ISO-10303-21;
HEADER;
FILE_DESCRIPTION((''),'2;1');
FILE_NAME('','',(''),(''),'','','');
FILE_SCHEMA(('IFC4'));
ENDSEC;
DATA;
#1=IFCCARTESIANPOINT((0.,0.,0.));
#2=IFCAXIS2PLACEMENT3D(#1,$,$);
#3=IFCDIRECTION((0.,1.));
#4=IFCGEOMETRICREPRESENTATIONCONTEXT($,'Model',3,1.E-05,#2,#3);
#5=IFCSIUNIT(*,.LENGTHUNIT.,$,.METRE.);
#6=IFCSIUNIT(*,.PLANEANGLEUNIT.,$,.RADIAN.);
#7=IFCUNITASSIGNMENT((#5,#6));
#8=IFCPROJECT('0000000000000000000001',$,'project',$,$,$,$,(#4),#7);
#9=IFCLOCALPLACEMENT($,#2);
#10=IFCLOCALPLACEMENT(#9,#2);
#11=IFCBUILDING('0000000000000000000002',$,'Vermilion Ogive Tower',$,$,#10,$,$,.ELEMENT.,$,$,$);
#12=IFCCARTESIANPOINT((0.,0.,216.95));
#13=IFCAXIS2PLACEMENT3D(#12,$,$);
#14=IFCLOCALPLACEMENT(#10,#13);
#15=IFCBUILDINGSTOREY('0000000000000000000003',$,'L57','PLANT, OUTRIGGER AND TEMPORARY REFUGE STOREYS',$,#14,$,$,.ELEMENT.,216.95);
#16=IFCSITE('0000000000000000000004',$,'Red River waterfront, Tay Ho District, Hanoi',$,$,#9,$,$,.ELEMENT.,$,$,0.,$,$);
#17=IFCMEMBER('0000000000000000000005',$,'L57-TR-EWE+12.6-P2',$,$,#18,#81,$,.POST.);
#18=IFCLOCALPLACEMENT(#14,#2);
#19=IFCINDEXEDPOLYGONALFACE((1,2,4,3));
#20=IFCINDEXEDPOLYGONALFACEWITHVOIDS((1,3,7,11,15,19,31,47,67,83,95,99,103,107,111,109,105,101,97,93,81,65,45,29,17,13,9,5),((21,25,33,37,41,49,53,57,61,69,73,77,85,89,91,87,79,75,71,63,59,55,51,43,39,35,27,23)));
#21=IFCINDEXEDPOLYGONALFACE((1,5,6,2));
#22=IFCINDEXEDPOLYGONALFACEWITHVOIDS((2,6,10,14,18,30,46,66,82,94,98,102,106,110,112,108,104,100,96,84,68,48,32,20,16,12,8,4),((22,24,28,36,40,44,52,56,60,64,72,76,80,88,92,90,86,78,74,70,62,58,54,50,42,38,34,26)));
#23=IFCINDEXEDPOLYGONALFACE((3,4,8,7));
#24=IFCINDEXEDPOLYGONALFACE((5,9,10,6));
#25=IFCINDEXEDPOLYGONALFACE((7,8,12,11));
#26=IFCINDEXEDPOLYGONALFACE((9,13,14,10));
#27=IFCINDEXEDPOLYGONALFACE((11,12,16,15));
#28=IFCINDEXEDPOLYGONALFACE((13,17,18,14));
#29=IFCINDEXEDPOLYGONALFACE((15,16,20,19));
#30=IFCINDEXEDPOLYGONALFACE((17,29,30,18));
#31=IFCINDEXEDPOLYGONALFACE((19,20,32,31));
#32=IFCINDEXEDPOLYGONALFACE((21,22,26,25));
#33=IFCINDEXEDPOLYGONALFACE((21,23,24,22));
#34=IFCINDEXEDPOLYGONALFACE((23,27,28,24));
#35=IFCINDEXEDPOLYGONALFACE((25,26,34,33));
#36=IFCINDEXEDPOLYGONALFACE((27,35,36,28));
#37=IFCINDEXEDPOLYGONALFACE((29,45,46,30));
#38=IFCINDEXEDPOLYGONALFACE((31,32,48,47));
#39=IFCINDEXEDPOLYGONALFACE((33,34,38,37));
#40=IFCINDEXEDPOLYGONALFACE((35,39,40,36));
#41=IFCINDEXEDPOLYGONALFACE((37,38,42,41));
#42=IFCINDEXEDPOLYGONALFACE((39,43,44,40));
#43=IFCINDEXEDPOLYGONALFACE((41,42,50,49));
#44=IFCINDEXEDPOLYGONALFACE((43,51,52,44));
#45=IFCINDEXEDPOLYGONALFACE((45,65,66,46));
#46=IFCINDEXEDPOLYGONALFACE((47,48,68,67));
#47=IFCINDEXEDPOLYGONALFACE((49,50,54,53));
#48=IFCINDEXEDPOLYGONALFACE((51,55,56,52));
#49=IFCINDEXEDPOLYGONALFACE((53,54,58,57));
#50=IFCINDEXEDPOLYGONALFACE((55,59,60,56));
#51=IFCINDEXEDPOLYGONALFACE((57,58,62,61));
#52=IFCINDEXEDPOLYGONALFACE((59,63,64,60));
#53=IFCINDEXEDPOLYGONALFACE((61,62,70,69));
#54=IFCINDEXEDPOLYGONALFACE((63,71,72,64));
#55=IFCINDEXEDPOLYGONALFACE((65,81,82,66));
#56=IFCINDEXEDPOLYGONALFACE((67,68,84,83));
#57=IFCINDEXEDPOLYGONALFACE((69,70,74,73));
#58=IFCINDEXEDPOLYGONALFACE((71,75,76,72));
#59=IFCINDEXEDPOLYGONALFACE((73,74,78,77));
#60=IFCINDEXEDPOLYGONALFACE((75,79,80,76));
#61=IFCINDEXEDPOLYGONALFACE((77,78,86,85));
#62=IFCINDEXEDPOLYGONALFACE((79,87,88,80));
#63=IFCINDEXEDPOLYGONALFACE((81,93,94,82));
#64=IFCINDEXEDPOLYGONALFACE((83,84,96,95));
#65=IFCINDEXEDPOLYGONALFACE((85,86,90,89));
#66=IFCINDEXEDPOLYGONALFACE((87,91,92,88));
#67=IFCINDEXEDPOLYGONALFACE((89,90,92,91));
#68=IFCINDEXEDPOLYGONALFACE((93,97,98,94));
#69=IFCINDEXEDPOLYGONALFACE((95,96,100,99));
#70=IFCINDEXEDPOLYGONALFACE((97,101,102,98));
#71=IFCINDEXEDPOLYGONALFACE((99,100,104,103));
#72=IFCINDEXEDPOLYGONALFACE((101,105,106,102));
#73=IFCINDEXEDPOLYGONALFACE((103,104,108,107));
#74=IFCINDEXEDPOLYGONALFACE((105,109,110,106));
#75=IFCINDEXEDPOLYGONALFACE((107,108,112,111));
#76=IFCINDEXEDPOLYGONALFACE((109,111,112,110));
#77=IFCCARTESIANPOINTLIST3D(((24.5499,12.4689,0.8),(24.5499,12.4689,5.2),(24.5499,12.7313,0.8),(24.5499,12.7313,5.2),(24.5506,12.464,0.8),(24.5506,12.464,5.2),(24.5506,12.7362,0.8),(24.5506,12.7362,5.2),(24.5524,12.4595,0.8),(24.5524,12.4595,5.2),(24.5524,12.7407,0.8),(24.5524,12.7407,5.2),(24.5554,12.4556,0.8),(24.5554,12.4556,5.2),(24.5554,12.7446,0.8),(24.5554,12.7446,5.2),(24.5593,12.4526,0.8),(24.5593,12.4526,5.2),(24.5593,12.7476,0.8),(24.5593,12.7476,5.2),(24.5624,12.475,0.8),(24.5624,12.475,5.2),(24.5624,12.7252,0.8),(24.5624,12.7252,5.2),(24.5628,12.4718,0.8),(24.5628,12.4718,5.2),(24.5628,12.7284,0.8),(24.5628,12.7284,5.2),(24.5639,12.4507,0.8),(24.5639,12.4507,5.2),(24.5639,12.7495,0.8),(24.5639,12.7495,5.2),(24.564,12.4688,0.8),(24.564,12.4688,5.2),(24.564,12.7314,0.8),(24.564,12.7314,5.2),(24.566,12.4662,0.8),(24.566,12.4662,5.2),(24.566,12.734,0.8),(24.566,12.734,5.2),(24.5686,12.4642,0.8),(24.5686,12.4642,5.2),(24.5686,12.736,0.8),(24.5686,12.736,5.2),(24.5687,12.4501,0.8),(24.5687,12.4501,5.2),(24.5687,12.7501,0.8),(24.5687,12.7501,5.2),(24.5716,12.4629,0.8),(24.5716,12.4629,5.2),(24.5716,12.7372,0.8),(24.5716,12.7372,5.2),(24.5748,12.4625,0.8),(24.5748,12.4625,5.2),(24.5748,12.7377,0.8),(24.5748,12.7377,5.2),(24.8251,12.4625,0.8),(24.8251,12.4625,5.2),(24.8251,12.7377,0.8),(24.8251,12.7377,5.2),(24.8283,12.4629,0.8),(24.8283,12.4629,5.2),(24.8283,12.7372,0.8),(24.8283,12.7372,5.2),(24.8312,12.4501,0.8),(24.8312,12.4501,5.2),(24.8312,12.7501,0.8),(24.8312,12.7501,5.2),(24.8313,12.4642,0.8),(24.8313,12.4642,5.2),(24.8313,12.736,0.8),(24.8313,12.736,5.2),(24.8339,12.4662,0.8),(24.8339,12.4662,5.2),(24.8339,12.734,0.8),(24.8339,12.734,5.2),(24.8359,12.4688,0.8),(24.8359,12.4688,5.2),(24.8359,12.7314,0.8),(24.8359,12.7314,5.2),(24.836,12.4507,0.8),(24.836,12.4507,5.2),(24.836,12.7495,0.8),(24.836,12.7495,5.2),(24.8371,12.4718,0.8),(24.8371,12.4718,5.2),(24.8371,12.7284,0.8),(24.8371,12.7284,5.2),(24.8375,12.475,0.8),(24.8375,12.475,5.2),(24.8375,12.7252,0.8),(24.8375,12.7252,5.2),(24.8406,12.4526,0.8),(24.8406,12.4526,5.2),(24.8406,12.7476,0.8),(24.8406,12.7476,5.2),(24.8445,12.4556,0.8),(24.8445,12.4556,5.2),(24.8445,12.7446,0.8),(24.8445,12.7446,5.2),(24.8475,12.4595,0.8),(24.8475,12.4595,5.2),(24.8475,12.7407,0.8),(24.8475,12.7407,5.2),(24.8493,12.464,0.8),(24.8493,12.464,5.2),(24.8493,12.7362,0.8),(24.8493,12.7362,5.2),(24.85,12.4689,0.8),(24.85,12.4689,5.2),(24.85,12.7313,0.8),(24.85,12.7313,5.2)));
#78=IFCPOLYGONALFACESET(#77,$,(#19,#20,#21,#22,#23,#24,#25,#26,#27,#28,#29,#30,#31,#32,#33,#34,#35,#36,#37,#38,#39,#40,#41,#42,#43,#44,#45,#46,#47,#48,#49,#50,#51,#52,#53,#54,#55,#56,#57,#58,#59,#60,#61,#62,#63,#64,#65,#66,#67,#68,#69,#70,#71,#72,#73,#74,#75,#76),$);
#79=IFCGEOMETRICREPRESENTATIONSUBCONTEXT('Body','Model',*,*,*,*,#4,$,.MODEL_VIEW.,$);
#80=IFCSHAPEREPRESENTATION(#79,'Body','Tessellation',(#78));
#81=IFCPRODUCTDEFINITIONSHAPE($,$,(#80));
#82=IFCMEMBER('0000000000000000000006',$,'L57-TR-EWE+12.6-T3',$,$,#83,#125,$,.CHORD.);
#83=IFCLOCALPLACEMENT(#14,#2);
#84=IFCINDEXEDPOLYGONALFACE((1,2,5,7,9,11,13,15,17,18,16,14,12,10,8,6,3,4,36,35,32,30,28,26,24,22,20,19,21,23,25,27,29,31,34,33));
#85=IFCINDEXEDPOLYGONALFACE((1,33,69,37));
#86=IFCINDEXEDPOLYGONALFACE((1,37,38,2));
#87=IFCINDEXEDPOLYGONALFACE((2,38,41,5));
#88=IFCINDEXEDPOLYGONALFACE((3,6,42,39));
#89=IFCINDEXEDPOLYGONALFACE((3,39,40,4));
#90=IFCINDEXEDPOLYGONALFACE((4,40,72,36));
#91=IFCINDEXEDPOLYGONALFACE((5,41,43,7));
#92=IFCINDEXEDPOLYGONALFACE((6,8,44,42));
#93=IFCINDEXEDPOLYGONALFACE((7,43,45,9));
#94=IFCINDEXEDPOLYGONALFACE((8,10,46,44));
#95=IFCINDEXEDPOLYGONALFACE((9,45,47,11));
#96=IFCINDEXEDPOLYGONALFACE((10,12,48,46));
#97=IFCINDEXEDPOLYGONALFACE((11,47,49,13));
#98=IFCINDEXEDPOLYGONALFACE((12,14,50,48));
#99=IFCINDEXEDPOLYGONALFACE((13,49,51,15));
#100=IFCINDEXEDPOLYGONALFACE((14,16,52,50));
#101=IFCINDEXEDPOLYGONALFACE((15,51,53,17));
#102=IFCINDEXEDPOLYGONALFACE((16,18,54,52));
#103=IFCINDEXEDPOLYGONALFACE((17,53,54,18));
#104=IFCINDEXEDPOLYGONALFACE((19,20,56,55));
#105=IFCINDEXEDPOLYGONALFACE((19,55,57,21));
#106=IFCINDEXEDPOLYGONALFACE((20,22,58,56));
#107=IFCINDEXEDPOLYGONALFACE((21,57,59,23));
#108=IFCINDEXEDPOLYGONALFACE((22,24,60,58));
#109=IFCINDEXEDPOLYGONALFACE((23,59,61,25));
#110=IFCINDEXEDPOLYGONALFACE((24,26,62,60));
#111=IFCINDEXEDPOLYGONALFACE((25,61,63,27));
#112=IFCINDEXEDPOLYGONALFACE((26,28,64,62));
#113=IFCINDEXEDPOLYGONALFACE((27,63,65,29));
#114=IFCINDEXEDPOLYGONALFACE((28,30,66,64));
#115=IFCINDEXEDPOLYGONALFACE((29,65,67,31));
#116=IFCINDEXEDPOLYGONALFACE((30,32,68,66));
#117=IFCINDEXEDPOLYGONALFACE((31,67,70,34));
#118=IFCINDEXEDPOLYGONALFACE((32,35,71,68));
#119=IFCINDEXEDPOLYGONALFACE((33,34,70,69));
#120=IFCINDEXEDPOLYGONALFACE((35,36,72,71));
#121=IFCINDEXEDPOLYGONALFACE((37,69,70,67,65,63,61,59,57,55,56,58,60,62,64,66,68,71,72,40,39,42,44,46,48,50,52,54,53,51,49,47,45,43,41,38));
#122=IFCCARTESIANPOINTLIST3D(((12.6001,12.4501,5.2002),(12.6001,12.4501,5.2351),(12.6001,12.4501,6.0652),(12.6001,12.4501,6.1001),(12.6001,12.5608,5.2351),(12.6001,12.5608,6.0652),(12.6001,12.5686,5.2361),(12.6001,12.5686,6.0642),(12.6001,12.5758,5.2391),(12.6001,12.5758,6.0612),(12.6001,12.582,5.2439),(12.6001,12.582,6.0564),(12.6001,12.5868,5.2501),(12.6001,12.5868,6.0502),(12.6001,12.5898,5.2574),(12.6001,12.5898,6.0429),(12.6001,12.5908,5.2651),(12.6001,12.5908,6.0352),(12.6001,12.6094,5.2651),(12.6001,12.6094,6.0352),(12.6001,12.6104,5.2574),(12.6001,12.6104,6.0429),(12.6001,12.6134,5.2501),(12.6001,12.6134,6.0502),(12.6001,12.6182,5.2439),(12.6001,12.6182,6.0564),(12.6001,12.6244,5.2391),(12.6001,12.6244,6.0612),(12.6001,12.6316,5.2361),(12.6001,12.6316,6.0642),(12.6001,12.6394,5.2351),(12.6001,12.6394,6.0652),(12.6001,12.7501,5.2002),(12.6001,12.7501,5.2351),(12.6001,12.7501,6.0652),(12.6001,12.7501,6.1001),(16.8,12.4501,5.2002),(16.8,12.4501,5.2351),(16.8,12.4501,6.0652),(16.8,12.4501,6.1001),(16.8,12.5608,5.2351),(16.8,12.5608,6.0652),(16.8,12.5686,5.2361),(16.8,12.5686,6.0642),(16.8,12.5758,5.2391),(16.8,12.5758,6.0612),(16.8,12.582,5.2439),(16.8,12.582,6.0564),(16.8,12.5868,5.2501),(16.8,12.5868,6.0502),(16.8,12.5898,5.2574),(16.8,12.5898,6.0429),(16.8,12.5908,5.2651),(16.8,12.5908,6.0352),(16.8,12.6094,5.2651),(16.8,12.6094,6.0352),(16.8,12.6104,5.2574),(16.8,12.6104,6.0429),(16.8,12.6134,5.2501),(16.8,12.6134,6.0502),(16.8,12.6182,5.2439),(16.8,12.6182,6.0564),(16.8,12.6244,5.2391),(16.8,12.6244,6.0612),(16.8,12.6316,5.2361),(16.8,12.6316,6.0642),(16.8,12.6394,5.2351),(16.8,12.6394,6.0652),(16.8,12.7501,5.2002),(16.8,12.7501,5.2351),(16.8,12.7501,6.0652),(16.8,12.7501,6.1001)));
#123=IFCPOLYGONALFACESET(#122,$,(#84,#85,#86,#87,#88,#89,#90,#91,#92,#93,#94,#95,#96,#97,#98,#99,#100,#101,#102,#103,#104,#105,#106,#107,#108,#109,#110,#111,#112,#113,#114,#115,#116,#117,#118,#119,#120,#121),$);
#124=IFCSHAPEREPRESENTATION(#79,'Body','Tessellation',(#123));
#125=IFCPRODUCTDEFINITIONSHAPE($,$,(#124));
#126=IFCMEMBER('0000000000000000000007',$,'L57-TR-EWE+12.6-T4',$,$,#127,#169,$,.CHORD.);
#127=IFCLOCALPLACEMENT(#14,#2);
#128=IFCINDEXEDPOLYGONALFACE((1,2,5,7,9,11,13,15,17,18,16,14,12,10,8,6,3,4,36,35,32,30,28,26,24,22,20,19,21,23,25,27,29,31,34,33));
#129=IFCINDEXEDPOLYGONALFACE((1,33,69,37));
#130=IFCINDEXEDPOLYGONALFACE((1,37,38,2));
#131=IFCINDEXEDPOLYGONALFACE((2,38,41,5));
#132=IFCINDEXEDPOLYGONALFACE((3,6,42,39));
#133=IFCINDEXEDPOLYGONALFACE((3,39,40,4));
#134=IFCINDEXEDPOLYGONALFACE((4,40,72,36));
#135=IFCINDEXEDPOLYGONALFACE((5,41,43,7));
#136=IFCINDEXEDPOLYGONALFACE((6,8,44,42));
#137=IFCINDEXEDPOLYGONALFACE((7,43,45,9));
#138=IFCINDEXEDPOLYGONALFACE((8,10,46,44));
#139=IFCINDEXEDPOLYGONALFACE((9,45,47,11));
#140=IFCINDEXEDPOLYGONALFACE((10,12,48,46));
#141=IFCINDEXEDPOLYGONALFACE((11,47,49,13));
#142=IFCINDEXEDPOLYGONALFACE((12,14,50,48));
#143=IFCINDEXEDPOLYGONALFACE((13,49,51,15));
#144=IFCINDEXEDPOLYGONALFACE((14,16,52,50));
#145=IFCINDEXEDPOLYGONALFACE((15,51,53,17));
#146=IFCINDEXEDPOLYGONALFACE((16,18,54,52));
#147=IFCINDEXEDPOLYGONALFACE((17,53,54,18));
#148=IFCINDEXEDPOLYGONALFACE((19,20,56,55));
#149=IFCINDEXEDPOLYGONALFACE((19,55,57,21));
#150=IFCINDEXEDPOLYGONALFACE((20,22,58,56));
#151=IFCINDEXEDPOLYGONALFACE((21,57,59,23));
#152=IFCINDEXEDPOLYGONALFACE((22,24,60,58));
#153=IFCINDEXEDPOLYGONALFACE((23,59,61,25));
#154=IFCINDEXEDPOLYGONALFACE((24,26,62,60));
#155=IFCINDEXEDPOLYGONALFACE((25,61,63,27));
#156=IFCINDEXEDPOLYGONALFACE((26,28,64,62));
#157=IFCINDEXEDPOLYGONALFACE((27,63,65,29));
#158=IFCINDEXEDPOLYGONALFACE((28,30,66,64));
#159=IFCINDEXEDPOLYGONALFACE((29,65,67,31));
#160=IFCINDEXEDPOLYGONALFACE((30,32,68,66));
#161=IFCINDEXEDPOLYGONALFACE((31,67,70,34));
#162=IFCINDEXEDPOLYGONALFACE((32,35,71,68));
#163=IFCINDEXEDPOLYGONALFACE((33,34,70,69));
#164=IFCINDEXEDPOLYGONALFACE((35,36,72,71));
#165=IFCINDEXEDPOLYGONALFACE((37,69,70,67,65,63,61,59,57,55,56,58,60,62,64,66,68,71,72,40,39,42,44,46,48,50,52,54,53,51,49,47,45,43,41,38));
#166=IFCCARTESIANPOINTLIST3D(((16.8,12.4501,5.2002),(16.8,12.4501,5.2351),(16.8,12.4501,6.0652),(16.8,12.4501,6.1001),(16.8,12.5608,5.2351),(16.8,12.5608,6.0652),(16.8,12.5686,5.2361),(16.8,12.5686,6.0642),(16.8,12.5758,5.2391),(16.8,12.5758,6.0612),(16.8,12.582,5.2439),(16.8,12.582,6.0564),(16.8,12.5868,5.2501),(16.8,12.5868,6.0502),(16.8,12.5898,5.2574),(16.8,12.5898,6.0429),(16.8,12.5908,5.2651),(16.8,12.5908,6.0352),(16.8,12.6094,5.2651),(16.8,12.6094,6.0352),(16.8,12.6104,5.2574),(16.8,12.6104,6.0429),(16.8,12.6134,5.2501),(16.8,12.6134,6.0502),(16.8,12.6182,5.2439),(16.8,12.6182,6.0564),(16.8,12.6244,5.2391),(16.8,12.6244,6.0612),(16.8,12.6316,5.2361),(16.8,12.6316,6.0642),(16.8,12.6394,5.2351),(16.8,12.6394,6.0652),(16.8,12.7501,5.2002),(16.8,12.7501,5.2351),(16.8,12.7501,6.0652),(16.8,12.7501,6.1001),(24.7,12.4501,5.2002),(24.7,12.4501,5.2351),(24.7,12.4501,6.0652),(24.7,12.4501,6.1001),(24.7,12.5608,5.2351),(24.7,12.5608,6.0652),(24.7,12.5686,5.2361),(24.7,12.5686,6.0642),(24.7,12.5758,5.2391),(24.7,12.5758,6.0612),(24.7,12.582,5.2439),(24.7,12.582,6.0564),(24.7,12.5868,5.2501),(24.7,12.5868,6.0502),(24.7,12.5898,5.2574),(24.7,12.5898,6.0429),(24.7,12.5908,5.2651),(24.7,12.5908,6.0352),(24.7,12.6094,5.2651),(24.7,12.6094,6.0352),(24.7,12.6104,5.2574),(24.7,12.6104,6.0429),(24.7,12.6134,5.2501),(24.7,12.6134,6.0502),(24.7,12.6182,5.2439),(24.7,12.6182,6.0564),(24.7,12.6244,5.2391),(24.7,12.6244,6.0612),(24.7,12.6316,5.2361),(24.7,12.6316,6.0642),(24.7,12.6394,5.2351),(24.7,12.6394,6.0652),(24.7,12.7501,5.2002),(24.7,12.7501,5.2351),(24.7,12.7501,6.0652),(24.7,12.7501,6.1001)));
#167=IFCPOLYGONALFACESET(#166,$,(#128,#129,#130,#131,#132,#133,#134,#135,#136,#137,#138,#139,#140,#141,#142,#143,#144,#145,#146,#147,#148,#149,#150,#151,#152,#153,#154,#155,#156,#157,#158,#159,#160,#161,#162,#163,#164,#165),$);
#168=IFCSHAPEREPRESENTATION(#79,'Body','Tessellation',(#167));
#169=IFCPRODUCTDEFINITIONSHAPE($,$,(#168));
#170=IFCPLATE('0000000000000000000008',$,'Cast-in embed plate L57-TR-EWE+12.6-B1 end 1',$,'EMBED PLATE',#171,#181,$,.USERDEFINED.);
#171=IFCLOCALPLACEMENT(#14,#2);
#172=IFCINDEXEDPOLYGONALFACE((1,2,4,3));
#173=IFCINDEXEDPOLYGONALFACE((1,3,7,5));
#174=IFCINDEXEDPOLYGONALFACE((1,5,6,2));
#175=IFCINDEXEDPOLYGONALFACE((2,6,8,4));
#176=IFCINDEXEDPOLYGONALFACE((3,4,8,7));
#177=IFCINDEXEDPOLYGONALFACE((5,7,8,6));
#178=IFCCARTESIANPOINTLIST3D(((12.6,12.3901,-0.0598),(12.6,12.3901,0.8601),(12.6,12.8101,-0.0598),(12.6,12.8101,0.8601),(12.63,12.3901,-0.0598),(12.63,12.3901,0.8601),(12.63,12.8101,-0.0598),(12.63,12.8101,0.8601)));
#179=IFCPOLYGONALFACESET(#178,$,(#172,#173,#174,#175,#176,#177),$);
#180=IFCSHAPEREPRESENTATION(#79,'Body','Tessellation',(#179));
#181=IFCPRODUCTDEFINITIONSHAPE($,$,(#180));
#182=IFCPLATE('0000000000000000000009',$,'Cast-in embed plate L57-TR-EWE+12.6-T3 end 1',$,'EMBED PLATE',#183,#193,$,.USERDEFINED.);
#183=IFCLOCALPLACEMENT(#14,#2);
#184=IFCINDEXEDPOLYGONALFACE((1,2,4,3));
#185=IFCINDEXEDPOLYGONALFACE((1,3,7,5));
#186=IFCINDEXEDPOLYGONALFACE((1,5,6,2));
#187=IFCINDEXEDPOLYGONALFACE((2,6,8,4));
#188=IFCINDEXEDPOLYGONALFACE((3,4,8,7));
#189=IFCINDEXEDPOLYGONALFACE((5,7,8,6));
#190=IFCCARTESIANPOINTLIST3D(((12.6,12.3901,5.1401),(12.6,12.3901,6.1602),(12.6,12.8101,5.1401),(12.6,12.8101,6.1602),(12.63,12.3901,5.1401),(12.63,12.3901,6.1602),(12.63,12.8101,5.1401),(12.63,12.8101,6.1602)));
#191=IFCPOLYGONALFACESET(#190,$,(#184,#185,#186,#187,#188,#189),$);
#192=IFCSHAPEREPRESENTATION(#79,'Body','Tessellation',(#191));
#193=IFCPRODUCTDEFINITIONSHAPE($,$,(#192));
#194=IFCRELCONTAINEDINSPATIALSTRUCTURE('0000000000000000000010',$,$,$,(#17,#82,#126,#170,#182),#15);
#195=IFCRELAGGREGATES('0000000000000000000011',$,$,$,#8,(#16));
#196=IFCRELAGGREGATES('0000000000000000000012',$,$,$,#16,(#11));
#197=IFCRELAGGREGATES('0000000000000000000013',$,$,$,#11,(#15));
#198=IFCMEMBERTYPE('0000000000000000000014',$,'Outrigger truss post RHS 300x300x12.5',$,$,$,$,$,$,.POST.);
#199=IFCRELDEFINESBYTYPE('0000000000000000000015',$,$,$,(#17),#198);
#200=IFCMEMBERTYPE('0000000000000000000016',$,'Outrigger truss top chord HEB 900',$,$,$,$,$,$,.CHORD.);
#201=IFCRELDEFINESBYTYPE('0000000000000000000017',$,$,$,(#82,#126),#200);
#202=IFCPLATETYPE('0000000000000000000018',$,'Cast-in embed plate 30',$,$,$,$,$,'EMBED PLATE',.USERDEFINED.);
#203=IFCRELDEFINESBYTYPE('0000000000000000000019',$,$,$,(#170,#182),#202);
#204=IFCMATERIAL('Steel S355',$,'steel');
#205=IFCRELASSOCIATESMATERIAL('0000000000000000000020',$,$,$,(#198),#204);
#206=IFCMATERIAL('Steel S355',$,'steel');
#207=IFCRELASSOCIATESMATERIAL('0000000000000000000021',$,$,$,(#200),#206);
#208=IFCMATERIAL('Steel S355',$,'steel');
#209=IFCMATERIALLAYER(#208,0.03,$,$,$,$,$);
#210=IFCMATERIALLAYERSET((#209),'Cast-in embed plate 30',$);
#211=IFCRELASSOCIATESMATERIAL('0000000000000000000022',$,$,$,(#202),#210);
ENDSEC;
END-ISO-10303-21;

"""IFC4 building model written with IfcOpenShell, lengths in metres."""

from ifc_helpers import new_model, si_unit, direction, frame, origin, origin_2d, place, context, subcontext, project, spatial, rectangle, hollow_rectangle, i_section, extrude, material, layer, layer_set, material_profile, profile_set, type_object, element, save


model = new_model("IFC4")

# Units and contexts
model_context = context("Model", 3, precision=1e-05, world=origin(), true_north=direction((0.0, 1.0)))
body_context = subcontext(model_context, "Body", "Model", "MODEL_VIEW")
ifc_project = project(units=[si_unit("LENGTHUNIT", "METRE"), si_unit("PLANEANGLEUNIT", "RADIAN")], contexts=[model_context])

# Site, building, storey
site_placement = place(None, origin())
site = spatial("IfcSite", under=ifc_project, at=site_placement, Name="Red River waterfront, Tay Ho District, Hanoi", CompositionType="ELEMENT", RefElevation=0.0)
building_placement = place(site_placement, origin())
building = spatial("IfcBuilding", under=site, at=building_placement, Name="Vermilion Ogive Tower", CompositionType="ELEMENT")
storey_placement = place(building_placement, frame((0.0, 0.0, 216.95)))
storey = spatial("IfcBuildingStorey", under=building, at=storey_placement, Name="L57", Description="PLANT, OUTRIGGER AND TEMPORARY REFUGE STOREYS", CompositionType="ELEMENT", Elevation=216.95)

# Members
ifc_material_1 = material(Name="Steel S355", Category="steel")
ifc_material_profile_1 = material_profile(ifc_material_1, hollow_rectangle(XDim=0.3, YDim=0.3, WallThickness=0.0125, InnerFilletRadius=0.0125, OuterFilletRadius=0.0188, at=origin_2d()), Name="RHS 300x300x12.5")
ifc_profile_set_1 = profile_set([ifc_material_profile_1], Name="Steel S355")
member_type_1 = type_object("IfcMemberType", Name="Outrigger truss post RHS 300x300x12.5", PredefinedType="POST", material=ifc_profile_set_1)
for number, where, z_axis, x_axis, name in (
    (1, (24.7, 12.6001, 0.8), (0.0, 0.0, 1.0), (1.0, 0.0, 0.0), "L57-TR-EWE+12.6-P2"),
):
    element("IfcMember", number, at=place(storey_placement, frame(where, z_axis=z_axis, x_axis=x_axis)), inside=storey, type_object=member_type_1, Name=name, PredefinedType="POST", context=body_context, shape_type="SweptSolid", body=[
        extrude(hollow_rectangle(XDim=0.3, YDim=0.3, WallThickness=0.0125, InnerFilletRadius=0.0125, OuterFilletRadius=0.0188, at=origin_2d()), origin(), (0.0, 0.0, 1.0), 4.3999),
    ])
ifc_material_2 = material(Name="Steel S355", Category="steel")
ifc_material_profile_2 = material_profile(ifc_material_2, i_section(OverallWidth=0.3, OverallDepth=0.8999, WebThickness=0.0186, FlangeThickness=0.0349, FilletRadius=0.03, at=origin_2d()), Name="HEB 900")
ifc_profile_set_2 = profile_set([ifc_material_profile_2], Name="Steel S355")
member_type_2 = type_object("IfcMemberType", Name="Outrigger truss top chord HEB 900", PredefinedType="CHORD", material=ifc_profile_set_2)
member_1_placement = place(storey_placement, frame((12.6001, 12.6001, 5.6501), z_axis=(1.0, 0.0, 0.0), x_axis=(0.0, 1.0, 0.0)))
element("IfcMember", 2, at=member_1_placement, inside=storey, type_object=member_type_2, Name="L57-TR-EWE+12.6-T3", PredefinedType="CHORD", context=body_context, shape_type="SweptSolid", body=[
    extrude(i_section(OverallWidth=0.3, OverallDepth=0.8999, WebThickness=0.0186, FlangeThickness=0.0349, FilletRadius=0.03, at=origin_2d()), origin(), (0.0, 0.0, 1.0), 4.2),
])
member_2_placement = place(storey_placement, frame((16.8, 12.6001, 5.6501), z_axis=(1.0, 0.0, 0.0), x_axis=(0.0, 1.0, 0.0)))
element("IfcMember", 3, at=member_2_placement, inside=storey, type_object=member_type_2, Name="L57-TR-EWE+12.6-T4", PredefinedType="CHORD", context=body_context, shape_type="SweptSolid", body=[
    extrude(i_section(OverallWidth=0.3, OverallDepth=0.8999, WebThickness=0.0186, FlangeThickness=0.0349, FilletRadius=0.03, at=origin_2d()), origin(), (0.0, 0.0, 1.0), 7.8999),
])

# Plates
ifc_material_3 = material(Name="Steel S355", Category="steel")
ifc_layer_1 = layer(ifc_material_3, 0.03)
ifc_layer_set_1 = layer_set([ifc_layer_1], Name="Cast-in embed plate 30")
plate_type_1 = type_object("IfcPlateType", Name="Cast-in embed plate 30", ElementType="EMBED PLATE", PredefinedType="USERDEFINED", material=ifc_layer_set_1)
plate_1_placement = place(storey_placement, frame((12.615, 12.6001, -0.0598), z_axis=(0.0, 0.0, 1.0), x_axis=(1.0, 0.0, 0.0)))
element("IfcPlate", 4, at=plate_1_placement, inside=storey, type_object=plate_type_1, Name="Cast-in embed plate L57-TR-EWE+12.6-B1 end 1", ObjectType="EMBED PLATE", PredefinedType="USERDEFINED", context=body_context, shape_type="SweptSolid", body=[
    extrude(rectangle(XDim=0.03, YDim=0.4199, at=origin_2d()), origin(), (0.0, 0.0, 1.0), 0.9199),
])
plate_2_placement = place(storey_placement, frame((12.615, 12.6001, 5.1401), z_axis=(0.0, 0.0, 1.0), x_axis=(1.0, 0.0, 0.0)))
element("IfcPlate", 5, at=plate_2_placement, inside=storey, type_object=plate_type_1, Name="Cast-in embed plate L57-TR-EWE+12.6-T3 end 1", ObjectType="EMBED PLATE", PredefinedType="USERDEFINED", context=body_context, shape_type="SweptSolid", body=[
    extrude(rectangle(XDim=0.03, YDim=0.4199, at=origin_2d()), origin(), (0.0, 0.0, 1.0), 1.02),
])

save(model, "model.ifc")
